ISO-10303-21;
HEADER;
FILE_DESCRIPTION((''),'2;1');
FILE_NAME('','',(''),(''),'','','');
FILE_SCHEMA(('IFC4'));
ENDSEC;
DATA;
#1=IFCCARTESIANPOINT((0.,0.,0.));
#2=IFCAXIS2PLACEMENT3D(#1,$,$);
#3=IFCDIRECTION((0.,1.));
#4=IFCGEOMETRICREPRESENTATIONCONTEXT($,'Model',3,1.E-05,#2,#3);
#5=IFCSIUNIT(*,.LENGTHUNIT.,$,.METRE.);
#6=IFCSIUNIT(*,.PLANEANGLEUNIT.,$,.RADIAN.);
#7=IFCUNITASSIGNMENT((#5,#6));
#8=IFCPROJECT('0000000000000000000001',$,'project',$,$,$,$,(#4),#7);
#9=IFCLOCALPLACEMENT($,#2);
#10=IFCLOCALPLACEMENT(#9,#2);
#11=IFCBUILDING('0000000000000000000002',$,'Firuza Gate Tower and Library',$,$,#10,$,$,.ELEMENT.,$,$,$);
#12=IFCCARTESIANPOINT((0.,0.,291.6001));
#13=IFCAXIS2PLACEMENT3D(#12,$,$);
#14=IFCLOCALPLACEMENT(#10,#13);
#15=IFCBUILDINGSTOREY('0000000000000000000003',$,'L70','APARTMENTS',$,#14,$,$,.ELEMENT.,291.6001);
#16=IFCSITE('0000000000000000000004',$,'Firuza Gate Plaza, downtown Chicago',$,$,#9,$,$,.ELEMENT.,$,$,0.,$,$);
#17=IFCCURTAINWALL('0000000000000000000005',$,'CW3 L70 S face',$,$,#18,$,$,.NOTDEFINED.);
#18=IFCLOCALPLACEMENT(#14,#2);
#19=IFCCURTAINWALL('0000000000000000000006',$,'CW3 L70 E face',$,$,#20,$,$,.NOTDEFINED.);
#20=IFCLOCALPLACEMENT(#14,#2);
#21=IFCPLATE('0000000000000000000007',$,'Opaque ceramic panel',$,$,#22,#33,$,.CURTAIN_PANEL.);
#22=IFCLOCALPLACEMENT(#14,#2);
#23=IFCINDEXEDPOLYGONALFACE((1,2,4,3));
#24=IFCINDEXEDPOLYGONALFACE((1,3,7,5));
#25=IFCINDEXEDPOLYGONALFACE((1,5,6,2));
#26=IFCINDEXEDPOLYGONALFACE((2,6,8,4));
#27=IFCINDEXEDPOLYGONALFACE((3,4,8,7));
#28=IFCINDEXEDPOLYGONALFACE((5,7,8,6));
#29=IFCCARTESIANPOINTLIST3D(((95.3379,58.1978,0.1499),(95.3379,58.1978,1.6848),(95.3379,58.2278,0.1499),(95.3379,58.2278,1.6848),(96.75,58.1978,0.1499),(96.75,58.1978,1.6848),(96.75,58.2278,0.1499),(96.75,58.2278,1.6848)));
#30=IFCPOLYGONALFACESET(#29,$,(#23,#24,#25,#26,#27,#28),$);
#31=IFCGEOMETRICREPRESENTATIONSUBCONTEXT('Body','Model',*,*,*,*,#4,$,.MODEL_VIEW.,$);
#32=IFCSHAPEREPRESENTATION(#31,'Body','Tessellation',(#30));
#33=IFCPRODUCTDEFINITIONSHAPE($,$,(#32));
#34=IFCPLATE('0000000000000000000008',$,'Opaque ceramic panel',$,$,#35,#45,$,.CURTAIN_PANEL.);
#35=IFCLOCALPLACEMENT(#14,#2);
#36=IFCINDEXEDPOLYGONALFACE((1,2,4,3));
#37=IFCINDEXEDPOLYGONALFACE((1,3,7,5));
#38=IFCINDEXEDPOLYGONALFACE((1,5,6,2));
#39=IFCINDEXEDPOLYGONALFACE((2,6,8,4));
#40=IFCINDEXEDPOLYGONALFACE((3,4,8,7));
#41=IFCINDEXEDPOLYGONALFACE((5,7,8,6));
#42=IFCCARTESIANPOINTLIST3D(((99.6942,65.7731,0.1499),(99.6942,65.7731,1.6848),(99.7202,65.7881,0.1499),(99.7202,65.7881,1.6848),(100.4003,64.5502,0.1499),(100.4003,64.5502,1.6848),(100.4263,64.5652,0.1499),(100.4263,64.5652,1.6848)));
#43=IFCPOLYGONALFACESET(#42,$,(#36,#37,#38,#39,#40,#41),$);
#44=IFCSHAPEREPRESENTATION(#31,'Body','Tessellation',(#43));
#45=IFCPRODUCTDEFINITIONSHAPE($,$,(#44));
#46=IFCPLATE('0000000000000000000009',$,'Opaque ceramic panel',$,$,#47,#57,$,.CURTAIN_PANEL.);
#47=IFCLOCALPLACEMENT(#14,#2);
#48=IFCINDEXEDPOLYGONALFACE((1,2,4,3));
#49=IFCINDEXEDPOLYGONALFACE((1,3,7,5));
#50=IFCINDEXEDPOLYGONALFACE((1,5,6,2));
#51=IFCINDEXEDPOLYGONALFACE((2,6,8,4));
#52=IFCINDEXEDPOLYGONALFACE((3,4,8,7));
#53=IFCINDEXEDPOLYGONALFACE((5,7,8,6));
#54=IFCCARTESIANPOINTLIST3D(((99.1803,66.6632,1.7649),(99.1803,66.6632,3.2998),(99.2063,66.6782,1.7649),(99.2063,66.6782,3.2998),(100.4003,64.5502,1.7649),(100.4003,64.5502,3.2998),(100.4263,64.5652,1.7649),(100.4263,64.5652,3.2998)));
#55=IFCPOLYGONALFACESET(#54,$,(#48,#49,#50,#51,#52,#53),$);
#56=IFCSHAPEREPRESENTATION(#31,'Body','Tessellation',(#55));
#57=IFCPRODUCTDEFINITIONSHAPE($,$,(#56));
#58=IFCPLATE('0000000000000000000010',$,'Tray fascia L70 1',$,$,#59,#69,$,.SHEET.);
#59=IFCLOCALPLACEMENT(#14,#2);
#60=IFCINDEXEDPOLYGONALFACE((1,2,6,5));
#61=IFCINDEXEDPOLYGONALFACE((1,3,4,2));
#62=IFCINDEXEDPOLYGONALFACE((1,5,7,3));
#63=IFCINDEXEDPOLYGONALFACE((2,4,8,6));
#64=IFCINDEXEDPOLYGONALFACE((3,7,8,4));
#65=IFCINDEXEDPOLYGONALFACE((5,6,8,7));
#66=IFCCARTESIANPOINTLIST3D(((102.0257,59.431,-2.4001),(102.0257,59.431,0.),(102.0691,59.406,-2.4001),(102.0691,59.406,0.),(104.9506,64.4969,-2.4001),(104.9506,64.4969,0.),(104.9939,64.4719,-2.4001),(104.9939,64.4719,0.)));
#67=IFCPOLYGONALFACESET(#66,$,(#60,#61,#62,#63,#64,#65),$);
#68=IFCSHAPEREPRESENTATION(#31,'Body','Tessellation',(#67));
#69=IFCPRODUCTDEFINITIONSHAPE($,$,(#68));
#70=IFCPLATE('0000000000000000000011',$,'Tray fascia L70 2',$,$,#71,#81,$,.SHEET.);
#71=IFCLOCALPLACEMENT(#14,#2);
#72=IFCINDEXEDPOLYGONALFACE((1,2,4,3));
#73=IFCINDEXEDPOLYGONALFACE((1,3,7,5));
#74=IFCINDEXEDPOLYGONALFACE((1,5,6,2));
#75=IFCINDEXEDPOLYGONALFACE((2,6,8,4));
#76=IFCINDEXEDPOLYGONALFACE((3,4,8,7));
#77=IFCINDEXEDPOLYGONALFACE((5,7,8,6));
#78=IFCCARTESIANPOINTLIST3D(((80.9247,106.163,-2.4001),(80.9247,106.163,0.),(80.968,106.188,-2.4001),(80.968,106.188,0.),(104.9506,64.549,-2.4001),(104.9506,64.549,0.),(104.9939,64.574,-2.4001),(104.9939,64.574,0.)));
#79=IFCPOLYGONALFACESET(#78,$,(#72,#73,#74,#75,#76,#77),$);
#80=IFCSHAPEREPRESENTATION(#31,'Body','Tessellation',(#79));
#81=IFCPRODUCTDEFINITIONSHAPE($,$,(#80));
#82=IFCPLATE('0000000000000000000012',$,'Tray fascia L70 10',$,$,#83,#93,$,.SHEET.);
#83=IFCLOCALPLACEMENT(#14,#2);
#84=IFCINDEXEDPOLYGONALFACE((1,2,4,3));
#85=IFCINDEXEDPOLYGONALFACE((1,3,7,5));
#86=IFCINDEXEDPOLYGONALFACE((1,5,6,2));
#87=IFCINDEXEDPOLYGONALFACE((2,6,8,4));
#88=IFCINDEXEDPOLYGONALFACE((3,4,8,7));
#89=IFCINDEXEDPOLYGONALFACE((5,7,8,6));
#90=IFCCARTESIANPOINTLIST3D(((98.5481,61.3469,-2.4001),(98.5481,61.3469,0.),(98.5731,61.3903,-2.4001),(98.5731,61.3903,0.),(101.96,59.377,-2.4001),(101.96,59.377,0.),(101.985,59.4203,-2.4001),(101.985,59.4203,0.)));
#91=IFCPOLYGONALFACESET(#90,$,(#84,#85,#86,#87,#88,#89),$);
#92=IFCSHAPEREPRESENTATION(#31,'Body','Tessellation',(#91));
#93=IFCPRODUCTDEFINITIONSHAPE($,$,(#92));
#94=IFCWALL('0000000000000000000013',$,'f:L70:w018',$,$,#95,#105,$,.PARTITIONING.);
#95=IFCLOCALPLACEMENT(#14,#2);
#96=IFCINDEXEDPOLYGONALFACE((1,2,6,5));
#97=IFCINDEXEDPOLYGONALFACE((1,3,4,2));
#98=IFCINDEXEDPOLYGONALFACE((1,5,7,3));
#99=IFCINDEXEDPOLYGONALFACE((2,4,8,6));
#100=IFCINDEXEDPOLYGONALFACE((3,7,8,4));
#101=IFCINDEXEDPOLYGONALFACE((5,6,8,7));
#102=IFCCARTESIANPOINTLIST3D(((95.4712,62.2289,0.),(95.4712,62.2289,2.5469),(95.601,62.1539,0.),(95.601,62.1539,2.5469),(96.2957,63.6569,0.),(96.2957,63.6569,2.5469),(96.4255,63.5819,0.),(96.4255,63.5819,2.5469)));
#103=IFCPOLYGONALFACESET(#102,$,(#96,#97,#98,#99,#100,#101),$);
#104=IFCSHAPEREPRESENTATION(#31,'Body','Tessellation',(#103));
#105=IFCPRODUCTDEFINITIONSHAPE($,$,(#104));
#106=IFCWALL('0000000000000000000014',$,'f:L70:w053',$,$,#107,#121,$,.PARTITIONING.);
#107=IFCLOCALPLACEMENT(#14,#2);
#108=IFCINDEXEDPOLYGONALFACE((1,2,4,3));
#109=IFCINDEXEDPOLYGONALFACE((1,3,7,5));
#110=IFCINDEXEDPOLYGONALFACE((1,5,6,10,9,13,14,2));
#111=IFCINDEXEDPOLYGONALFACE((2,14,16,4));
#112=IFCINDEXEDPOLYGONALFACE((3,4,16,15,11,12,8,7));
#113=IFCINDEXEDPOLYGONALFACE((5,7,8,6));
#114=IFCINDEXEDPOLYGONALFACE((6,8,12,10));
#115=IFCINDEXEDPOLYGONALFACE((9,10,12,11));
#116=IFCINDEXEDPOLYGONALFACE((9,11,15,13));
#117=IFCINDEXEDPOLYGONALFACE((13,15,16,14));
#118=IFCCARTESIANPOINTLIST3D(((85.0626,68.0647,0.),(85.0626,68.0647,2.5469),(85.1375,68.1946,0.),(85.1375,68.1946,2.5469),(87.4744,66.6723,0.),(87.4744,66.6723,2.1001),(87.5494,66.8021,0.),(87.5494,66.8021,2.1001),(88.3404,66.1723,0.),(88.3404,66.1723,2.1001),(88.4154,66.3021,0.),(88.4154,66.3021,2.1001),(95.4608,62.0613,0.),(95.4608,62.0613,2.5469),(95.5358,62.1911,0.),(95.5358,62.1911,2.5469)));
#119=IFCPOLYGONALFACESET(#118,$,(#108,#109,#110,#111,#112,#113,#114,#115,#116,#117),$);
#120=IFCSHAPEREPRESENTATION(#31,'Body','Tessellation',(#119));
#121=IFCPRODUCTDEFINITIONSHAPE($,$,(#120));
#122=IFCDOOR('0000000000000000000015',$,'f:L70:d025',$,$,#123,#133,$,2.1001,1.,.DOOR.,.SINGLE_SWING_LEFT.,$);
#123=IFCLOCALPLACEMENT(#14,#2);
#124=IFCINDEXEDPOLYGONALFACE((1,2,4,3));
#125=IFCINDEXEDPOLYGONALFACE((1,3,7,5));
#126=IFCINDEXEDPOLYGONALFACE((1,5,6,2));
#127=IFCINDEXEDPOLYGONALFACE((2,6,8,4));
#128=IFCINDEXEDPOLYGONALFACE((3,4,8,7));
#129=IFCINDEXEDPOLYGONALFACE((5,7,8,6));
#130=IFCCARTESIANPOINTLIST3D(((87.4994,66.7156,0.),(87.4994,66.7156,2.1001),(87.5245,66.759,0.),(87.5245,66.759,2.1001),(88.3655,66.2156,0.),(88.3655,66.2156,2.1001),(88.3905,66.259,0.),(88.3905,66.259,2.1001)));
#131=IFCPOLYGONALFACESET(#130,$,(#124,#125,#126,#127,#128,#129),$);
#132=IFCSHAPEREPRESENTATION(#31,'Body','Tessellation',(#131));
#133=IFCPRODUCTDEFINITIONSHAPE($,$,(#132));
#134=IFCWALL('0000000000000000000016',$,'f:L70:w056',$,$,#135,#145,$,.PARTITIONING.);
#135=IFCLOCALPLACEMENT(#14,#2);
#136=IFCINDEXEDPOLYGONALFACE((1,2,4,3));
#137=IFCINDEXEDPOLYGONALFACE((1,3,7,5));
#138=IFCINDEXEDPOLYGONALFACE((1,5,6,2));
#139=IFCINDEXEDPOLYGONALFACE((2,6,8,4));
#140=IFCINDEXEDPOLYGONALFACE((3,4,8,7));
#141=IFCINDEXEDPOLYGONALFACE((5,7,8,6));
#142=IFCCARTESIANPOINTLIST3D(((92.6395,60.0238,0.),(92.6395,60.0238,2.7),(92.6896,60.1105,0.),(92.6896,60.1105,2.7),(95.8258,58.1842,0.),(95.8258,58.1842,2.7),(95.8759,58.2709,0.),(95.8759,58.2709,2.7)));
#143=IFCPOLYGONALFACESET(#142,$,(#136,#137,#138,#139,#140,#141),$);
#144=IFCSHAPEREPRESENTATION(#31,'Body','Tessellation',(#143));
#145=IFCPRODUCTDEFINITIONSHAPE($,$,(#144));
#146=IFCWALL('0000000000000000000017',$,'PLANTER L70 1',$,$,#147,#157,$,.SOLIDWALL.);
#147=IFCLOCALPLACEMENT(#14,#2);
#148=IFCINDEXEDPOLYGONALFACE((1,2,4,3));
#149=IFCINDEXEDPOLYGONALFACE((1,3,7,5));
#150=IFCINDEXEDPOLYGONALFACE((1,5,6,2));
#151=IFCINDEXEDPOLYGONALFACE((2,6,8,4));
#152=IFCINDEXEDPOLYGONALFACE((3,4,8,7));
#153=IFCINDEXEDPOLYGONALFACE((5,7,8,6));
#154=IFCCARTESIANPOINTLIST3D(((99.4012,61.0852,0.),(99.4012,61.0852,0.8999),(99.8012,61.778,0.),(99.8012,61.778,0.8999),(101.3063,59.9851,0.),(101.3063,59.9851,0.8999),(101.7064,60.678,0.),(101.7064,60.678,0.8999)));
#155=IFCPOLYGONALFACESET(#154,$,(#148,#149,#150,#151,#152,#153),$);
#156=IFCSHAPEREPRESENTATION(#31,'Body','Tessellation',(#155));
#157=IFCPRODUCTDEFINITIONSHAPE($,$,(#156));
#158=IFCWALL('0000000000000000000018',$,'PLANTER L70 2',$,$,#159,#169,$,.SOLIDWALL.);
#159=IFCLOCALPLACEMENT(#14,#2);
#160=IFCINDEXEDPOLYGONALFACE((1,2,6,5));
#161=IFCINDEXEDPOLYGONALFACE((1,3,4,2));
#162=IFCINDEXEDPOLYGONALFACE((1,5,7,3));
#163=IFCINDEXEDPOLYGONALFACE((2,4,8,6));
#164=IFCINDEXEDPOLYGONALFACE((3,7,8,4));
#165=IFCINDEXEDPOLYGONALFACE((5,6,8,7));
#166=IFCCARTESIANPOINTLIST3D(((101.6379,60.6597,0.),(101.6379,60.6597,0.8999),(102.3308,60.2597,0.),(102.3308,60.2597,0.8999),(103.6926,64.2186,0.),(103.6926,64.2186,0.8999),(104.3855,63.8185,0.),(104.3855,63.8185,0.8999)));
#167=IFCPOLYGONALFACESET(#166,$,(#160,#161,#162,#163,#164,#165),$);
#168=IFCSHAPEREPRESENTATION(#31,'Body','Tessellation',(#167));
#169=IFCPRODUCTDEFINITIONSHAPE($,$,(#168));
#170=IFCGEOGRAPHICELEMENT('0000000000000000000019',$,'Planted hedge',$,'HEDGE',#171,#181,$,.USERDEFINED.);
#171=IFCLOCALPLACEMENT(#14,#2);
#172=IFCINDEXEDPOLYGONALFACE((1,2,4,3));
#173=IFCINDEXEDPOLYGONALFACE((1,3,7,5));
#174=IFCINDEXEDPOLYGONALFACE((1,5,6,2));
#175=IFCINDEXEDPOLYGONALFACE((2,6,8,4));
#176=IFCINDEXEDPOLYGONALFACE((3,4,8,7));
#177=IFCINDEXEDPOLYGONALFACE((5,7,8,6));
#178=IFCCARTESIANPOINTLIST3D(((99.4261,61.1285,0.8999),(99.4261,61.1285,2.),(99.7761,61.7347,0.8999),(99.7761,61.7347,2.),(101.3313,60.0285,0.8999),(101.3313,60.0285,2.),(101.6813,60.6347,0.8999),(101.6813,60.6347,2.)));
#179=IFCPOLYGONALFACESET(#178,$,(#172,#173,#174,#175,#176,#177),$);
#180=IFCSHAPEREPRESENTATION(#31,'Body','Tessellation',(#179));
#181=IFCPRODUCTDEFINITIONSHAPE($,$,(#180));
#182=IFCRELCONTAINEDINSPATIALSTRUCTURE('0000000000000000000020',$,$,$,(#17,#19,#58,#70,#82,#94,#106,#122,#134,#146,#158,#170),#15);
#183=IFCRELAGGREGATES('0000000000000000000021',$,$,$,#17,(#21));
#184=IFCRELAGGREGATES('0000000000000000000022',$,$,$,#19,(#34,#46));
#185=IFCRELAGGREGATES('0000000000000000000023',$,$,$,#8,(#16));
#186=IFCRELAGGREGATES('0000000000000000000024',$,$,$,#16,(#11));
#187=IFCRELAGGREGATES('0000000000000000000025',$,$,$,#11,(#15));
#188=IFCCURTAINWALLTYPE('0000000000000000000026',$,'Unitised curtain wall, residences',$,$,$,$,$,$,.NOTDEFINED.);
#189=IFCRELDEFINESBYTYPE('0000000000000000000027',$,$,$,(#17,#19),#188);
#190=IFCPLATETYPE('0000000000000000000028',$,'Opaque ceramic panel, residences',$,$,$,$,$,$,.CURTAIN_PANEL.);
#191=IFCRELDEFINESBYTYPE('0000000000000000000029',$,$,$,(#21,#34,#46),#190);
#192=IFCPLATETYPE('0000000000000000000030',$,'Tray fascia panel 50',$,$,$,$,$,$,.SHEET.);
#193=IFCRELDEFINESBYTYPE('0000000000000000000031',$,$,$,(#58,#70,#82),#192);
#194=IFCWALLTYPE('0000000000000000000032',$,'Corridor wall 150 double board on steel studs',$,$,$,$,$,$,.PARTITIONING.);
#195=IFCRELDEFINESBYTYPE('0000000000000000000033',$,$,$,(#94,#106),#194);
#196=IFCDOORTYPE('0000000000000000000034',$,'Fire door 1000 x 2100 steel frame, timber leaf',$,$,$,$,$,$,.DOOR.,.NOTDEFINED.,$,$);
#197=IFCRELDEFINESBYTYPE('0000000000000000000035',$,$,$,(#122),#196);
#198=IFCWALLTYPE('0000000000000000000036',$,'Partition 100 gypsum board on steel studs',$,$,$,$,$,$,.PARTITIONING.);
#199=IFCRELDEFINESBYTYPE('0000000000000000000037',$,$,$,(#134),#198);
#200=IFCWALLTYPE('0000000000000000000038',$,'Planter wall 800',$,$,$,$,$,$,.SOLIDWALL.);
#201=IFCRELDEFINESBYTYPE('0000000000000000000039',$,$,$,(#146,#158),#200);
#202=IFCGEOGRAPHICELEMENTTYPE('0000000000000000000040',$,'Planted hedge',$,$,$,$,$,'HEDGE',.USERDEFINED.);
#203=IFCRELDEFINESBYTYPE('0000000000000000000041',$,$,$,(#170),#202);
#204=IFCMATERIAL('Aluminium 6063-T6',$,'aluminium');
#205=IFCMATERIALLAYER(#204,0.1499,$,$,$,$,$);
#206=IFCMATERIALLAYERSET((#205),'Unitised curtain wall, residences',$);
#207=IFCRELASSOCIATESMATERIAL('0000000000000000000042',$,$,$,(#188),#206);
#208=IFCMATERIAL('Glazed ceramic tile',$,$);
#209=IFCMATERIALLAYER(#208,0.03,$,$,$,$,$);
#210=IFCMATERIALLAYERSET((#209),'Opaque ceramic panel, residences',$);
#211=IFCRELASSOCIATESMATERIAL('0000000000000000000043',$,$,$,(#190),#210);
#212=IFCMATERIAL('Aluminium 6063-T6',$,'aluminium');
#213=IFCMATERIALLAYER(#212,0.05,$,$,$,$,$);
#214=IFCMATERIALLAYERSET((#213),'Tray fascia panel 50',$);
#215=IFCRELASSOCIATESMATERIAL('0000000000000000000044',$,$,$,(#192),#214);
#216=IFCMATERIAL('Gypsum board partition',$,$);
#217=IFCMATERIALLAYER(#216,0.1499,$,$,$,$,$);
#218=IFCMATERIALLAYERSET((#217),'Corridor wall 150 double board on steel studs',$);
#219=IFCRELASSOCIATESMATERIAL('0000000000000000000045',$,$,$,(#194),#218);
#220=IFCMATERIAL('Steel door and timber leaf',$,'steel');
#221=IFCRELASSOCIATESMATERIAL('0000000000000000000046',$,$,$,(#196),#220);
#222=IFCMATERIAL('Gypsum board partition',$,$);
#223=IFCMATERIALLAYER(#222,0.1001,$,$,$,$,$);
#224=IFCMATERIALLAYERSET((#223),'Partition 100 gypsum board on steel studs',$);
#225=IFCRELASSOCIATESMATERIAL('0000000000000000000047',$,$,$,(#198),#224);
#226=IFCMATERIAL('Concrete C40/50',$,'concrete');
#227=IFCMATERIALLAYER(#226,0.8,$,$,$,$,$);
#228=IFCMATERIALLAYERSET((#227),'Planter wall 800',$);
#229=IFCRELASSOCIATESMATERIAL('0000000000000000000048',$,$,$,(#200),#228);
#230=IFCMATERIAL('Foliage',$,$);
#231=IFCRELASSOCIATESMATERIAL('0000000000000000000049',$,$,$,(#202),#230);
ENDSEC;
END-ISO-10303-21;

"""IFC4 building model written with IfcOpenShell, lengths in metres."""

from ifc_helpers import new_model, si_unit, direction, frame, frame_2d, origin, origin_2d, place, context, subcontext, project, spatial, polyline, rectangle, outline, extrude, material, layer, layer_set, type_object, element, fill, aggregate, save


model = new_model("IFC4")

# Units and contexts
model_context = context("Model", 3, precision=1e-05, world=origin(), true_north=direction((0.0, 1.0)))
body_context = subcontext(model_context, "Body", "Model", "MODEL_VIEW")
ifc_project = project(units=[si_unit("LENGTHUNIT", "METRE"), si_unit("PLANEANGLEUNIT", "RADIAN")], contexts=[model_context])

# Site, building, storey
site_placement = place(None, origin())
site = spatial("IfcSite", under=ifc_project, at=site_placement, Name="Firuza Gate Plaza, downtown Chicago", CompositionType="ELEMENT", RefElevation=0.0)
building_placement = place(site_placement, origin())
building = spatial("IfcBuilding", under=site, at=building_placement, Name="Firuza Gate Tower and Library", CompositionType="ELEMENT")
storey_placement = place(building_placement, frame((0.0, 0.0, 291.6001)))
storey = spatial("IfcBuildingStorey", under=building, at=storey_placement, Name="L70", Description="APARTMENTS", CompositionType="ELEMENT", Elevation=291.6001)

# Curtain wall
ifc_material_1 = material(Name="Aluminium 6063-T6", Category="aluminium")
ifc_layer_1 = layer(ifc_material_1, 0.1499)
ifc_layer_set_1 = layer_set([ifc_layer_1], Name="Unitised curtain wall, residences")
curtain_wall_type_1 = type_object("IfcCurtainWallType", Name="Unitised curtain wall, residences", PredefinedType="NOTDEFINED", material=ifc_layer_set_1)
placement = place(storey_placement, origin())
curtain_wall_1 = element("IfcCurtainWall", 1, at=placement, inside=storey, type_object=curtain_wall_type_1, Name="CW3 L70 S face", PredefinedType="NOTDEFINED")

# Curtain wall
curtain_wall_2 = element("IfcCurtainWall", 2, at=placement, inside=storey, type_object=curtain_wall_type_1, Name="CW3 L70 E face", PredefinedType="NOTDEFINED")

# Plates
ifc_material_2 = material(Name="Glazed ceramic tile")
ifc_layer_2 = layer(ifc_material_2, 0.03)
ifc_layer_set_2 = layer_set([ifc_layer_2], Name="Opaque ceramic panel, residences")
plate_type_1 = type_object("IfcPlateType", Name="Opaque ceramic panel, residences", PredefinedType="CURTAIN_PANEL", material=ifc_layer_set_2)
plate_1_placement = place(storey_placement, frame((95.3379, 58.1978, 0.1499), z_axis=(0.0, -1.0, 0.0), x_axis=(1.0, 0.0, 0.0)))
plate_1 = element("IfcPlate", 3, at=plate_1_placement, type_object=plate_type_1, Name="Opaque ceramic panel", PredefinedType="CURTAIN_PANEL", context=body_context, shape_type="SweptSolid", body=[
    extrude(outline(polyline([(0.0, 0.0), (1.4121, 0.0), (1.4121, 1.5349), (0.0, 1.5349), (0.0, 0.0)])), origin(), (0.0, 0.0, -1.0), 0.03),
])
aggregate(curtain_wall_1, [plate_1])
plate_2_placement = place(storey_placement, frame((100.4263, 64.5652, 0.1499), z_axis=(0.866021, 0.500007, 0.0), x_axis=(-0.500007, 0.866021, 0.0)))
plate_2 = element("IfcPlate", 4, at=plate_2_placement, type_object=plate_type_1, Name="Opaque ceramic panel", PredefinedType="CURTAIN_PANEL", context=body_context, shape_type="SweptSolid", body=[
    extrude(outline(polyline([(0.0, 0.0), (1.4121, 0.0), (1.4121, 1.5349), (0.0, 1.5349), (0.0, 0.0)])), origin(), (0.0, 0.0, -1.0), 0.03),
])
plate_3_placement = place(storey_placement, frame((100.4263, 64.5652, 1.7649), z_axis=(0.866024, 0.500003, 0.0), x_axis=(-0.500003, 0.866024, 0.0)))
plate_3 = element("IfcPlate", 5, at=plate_3_placement, type_object=plate_type_1, Name="Opaque ceramic panel", PredefinedType="CURTAIN_PANEL", context=body_context, shape_type="SweptSolid", body=[
    extrude(outline(polyline([(0.0, 0.0), (2.4399, 0.0), (2.4399, 1.5349), (0.0, 1.5349), (0.0, 0.0)])), origin(), (0.0, 0.0, -1.0), 0.03),
])
aggregate(curtain_wall_2, [plate_2, plate_3])

# Plates
ifc_material_3 = material(Name="Aluminium 6063-T6", Category="aluminium")
ifc_layer_3 = layer(ifc_material_3, 0.05)
ifc_layer_set_3 = layer_set([ifc_layer_3], Name="Tray fascia panel 50")
plate_type_2 = type_object("IfcPlateType", Name="Tray fascia panel 50", PredefinedType="SHEET", material=ifc_layer_set_3)
plate_4_placement = place(storey_placement, frame((102.0691, 59.406, -2.4001), z_axis=(0.866026, -0.499999, 0.0), x_axis=(0.499999, 0.866026, 0.0)))
element("IfcPlate", 6, at=plate_4_placement, inside=storey, type_object=plate_type_2, Name="Tray fascia L70 1", PredefinedType="SHEET", context=body_context, shape_type="SweptSolid", body=[
    extrude(outline(polyline([(0.0, 0.0), (5.8496, 0.0), (5.8496, 2.4001), (0.0, 2.4001), (0.0, 0.0)])), origin(), (0.0, 0.0, -1.0), 0.05),
])
plate_5_placement = place(storey_placement, frame((104.9939, 64.574, -2.4001), z_axis=(0.866025, 0.5, 0.0), x_axis=(-0.5, 0.866025, 0.0)))
element("IfcPlate", 7, at=plate_5_placement, inside=storey, type_object=plate_type_2, Name="Tray fascia L70 2", PredefinedType="SHEET", context=body_context, shape_type="SweptSolid", body=[
    extrude(outline(polyline([(0.0, 0.0), (48.0517, 0.0), (48.0517, 2.4001), (0.0, 2.4001), (0.0, 0.0)])), origin(), (0.0, 0.0, -1.0), 0.05),
])
plate_6_placement = place(storey_placement, frame((98.5481, 61.3469, -2.4001), z_axis=(-0.500025, -0.866011, 0.0), x_axis=(0.866011, -0.500025, 0.0)))
element("IfcPlate", 8, at=plate_6_placement, inside=storey, type_object=plate_type_2, Name="Tray fascia L70 10", PredefinedType="SHEET", context=body_context, shape_type="SweptSolid", body=[
    extrude(outline(polyline([(0.0, 0.0), (3.9397, 0.0), (3.9397, 2.4001), (0.0, 2.4001), (0.0, 0.0)])), origin(), (0.0, 0.0, -1.0), 0.05),
])

# Wall
ifc_material_4 = material(Name="Gypsum board partition")
ifc_layer_4 = layer(ifc_material_4, 0.1499)
ifc_layer_set_4 = layer_set([ifc_layer_4], Name="Corridor wall 150 double board on steel studs")
wall_type_1 = type_object("IfcWallType", Name="Corridor wall 150 double board on steel studs", PredefinedType="PARTITIONING", material=ifc_layer_set_4)
wall_1_placement = place(storey_placement, frame((95.5361, 62.1914, 0.0), z_axis=(0.0, 0.0, 1.0), x_axis=(0.500009, 0.86602, 0.0)))
element("IfcWall", 9, at=wall_1_placement, inside=storey, type_object=wall_type_1, Name="f:L70:w018", PredefinedType="PARTITIONING", context=body_context, shape_type="SweptSolid", body=[
    extrude(rectangle(XDim=1.6489, YDim=0.1499, at=frame_2d((0.8245, 0.0))), origin(), (0.0, 0.0, 1.0), 2.5469),
])

# Wall, opening, door
wall_2_placement = place(storey_placement, frame((95.4983, 62.1262, 0.0), z_axis=(0.0, 0.0, 1.0), x_axis=(-0.866025, 0.500001, 0.0)))
wall_2 = element("IfcWall", 10, at=wall_2_placement, inside=storey, type_object=wall_type_1, Name="f:L70:w053", PredefinedType="PARTITIONING", context=body_context, shape_type="SweptSolid", body=[
    extrude(rectangle(XDim=12.0068, YDim=0.1499, at=frame_2d((6.0034, 0.0))), origin(), (0.0, 0.0, 1.0), 2.5469),
])
opening_placement = place(wall_2_placement, frame((8.2219, 0.0, 0.0)))
opening = element("IfcOpeningElement", 11, at=opening_placement, cuts=wall_2, PredefinedType="OPENING", context=body_context, shape_type="SweptSolid", body=[
    extrude(rectangle(XDim=1.0, YDim=2.1001, at=frame_2d((0.5, 1.05))), frame((0.0, 0.085, 0.0), z_axis=(0.0, -1.0, 0.0), x_axis=(1.0, 0.0, 0.0)), (0.0, 0.0, 1.0), 0.1699),
])
ifc_material_5 = material(Name="Steel door and timber leaf", Category="steel")
door_type = type_object("IfcDoorType", Name="Fire door 1000 x 2100 steel frame, timber leaf", OperationType="NOTDEFINED", PredefinedType="DOOR", material=ifc_material_5)
door_placement = place(opening_placement, origin())
door = element("IfcDoor", 12, at=door_placement, inside=storey, type_object=door_type, Name="f:L70:d025", OperationType="SINGLE_SWING_LEFT", OverallHeight=2.1001, OverallWidth=1.0, PredefinedType="DOOR", context=body_context, shape_type="SweptSolid", body=[
    extrude(rectangle(XDim=1.0, YDim=2.1001, at=frame_2d((0.5, 1.05))), frame((0.0, 0.0249, 0.0), z_axis=(0.0, -1.0, 0.0), x_axis=(1.0, 0.0, 0.0)), (0.0, 0.0, 1.0), 0.05),
])
fill(opening, door)

# Walls
ifc_material_6 = material(Name="Gypsum board partition")
ifc_layer_5 = layer(ifc_material_6, 0.1001)
ifc_layer_set_5 = layer_set([ifc_layer_5], Name="Partition 100 gypsum board on steel studs")
wall_type_2 = type_object("IfcWallType", Name="Partition 100 gypsum board on steel studs", PredefinedType="PARTITIONING", material=ifc_layer_set_5)
wall_3_placement = place(storey_placement, frame((95.8508, 58.2275, 0.0), z_axis=(0.0, 0.0, 1.0), x_axis=(-0.866025, 0.5, 0.0)))
element("IfcWall", 13, at=wall_3_placement, inside=storey, type_object=wall_type_2, Name="f:L70:w056", PredefinedType="PARTITIONING", context=body_context, shape_type="SweptSolid", body=[
    extrude(rectangle(XDim=3.6792, YDim=0.1001, at=frame_2d((1.8396, 0.0))), origin(), (0.0, 0.0, 1.0), 2.7),
])
ifc_material_7 = material(Name="Concrete C40/50", Category="concrete")
ifc_layer_6 = layer(ifc_material_7, 0.8)
ifc_layer_set_6 = layer_set([ifc_layer_6], Name="Planter wall 800")
wall_type_3 = type_object("IfcWallType", Name="Planter wall 800", PredefinedType="SOLIDWALL", material=ifc_layer_set_6)
wall_4_placement = place(storey_placement, frame((99.6011, 61.4316, 0.0), z_axis=(0.0, 0.0, 1.0), x_axis=(0.866008, -0.50003, 0.0)))
element("IfcWall", 14, at=wall_4_placement, inside=storey, type_object=wall_type_3, Name="PLANTER L70 1", PredefinedType="SOLIDWALL", context=body_context, shape_type="SweptSolid", body=[
    extrude(rectangle(XDim=2.2, YDim=0.8, at=frame_2d((1.1001, 0.0))), origin(), (0.0, 0.0, 1.0), 0.8999),
])
wall_5_placement = place(storey_placement, frame((101.9844, 60.4597, 0.0), z_axis=(0.0, 0.0, 1.0), x_axis=(0.499998, 0.866026, 0.0)))
element("IfcWall", 15, at=wall_5_placement, inside=storey, type_object=wall_type_3, Name="PLANTER L70 2", PredefinedType="SOLIDWALL", context=body_context, shape_type="SweptSolid", body=[
    extrude(rectangle(XDim=4.1094, YDim=0.8, at=frame_2d((2.0547, 0.0))), origin(), (0.0, 0.0, 1.0), 0.8999),
])

# Geographic element
ifc_material_8 = material(Name="Foliage")
geographic_element_type = type_object("IfcGeographicElementType", Name="Planted hedge", ElementType="HEDGE", PredefinedType="USERDEFINED", material=ifc_material_8)
geographic_element_1_placement = place(storey_placement, frame((100.5537, 60.8816, 0.8999), z_axis=(0.0, 0.0, 1.0), x_axis=(0.866025, -0.5, 0.0)))
element("IfcGeographicElement", 16, at=geographic_element_1_placement, inside=storey, type_object=geographic_element_type, Name="Planted hedge", ObjectType="HEDGE", PredefinedType="USERDEFINED", context=body_context, shape_type="SweptSolid", body=[
    extrude(rectangle(XDim=2.2, YDim=0.7, at=origin_2d()), origin(), (0.0, 0.0, 1.0), 1.1001),
])

save(model, "model.ifc")
